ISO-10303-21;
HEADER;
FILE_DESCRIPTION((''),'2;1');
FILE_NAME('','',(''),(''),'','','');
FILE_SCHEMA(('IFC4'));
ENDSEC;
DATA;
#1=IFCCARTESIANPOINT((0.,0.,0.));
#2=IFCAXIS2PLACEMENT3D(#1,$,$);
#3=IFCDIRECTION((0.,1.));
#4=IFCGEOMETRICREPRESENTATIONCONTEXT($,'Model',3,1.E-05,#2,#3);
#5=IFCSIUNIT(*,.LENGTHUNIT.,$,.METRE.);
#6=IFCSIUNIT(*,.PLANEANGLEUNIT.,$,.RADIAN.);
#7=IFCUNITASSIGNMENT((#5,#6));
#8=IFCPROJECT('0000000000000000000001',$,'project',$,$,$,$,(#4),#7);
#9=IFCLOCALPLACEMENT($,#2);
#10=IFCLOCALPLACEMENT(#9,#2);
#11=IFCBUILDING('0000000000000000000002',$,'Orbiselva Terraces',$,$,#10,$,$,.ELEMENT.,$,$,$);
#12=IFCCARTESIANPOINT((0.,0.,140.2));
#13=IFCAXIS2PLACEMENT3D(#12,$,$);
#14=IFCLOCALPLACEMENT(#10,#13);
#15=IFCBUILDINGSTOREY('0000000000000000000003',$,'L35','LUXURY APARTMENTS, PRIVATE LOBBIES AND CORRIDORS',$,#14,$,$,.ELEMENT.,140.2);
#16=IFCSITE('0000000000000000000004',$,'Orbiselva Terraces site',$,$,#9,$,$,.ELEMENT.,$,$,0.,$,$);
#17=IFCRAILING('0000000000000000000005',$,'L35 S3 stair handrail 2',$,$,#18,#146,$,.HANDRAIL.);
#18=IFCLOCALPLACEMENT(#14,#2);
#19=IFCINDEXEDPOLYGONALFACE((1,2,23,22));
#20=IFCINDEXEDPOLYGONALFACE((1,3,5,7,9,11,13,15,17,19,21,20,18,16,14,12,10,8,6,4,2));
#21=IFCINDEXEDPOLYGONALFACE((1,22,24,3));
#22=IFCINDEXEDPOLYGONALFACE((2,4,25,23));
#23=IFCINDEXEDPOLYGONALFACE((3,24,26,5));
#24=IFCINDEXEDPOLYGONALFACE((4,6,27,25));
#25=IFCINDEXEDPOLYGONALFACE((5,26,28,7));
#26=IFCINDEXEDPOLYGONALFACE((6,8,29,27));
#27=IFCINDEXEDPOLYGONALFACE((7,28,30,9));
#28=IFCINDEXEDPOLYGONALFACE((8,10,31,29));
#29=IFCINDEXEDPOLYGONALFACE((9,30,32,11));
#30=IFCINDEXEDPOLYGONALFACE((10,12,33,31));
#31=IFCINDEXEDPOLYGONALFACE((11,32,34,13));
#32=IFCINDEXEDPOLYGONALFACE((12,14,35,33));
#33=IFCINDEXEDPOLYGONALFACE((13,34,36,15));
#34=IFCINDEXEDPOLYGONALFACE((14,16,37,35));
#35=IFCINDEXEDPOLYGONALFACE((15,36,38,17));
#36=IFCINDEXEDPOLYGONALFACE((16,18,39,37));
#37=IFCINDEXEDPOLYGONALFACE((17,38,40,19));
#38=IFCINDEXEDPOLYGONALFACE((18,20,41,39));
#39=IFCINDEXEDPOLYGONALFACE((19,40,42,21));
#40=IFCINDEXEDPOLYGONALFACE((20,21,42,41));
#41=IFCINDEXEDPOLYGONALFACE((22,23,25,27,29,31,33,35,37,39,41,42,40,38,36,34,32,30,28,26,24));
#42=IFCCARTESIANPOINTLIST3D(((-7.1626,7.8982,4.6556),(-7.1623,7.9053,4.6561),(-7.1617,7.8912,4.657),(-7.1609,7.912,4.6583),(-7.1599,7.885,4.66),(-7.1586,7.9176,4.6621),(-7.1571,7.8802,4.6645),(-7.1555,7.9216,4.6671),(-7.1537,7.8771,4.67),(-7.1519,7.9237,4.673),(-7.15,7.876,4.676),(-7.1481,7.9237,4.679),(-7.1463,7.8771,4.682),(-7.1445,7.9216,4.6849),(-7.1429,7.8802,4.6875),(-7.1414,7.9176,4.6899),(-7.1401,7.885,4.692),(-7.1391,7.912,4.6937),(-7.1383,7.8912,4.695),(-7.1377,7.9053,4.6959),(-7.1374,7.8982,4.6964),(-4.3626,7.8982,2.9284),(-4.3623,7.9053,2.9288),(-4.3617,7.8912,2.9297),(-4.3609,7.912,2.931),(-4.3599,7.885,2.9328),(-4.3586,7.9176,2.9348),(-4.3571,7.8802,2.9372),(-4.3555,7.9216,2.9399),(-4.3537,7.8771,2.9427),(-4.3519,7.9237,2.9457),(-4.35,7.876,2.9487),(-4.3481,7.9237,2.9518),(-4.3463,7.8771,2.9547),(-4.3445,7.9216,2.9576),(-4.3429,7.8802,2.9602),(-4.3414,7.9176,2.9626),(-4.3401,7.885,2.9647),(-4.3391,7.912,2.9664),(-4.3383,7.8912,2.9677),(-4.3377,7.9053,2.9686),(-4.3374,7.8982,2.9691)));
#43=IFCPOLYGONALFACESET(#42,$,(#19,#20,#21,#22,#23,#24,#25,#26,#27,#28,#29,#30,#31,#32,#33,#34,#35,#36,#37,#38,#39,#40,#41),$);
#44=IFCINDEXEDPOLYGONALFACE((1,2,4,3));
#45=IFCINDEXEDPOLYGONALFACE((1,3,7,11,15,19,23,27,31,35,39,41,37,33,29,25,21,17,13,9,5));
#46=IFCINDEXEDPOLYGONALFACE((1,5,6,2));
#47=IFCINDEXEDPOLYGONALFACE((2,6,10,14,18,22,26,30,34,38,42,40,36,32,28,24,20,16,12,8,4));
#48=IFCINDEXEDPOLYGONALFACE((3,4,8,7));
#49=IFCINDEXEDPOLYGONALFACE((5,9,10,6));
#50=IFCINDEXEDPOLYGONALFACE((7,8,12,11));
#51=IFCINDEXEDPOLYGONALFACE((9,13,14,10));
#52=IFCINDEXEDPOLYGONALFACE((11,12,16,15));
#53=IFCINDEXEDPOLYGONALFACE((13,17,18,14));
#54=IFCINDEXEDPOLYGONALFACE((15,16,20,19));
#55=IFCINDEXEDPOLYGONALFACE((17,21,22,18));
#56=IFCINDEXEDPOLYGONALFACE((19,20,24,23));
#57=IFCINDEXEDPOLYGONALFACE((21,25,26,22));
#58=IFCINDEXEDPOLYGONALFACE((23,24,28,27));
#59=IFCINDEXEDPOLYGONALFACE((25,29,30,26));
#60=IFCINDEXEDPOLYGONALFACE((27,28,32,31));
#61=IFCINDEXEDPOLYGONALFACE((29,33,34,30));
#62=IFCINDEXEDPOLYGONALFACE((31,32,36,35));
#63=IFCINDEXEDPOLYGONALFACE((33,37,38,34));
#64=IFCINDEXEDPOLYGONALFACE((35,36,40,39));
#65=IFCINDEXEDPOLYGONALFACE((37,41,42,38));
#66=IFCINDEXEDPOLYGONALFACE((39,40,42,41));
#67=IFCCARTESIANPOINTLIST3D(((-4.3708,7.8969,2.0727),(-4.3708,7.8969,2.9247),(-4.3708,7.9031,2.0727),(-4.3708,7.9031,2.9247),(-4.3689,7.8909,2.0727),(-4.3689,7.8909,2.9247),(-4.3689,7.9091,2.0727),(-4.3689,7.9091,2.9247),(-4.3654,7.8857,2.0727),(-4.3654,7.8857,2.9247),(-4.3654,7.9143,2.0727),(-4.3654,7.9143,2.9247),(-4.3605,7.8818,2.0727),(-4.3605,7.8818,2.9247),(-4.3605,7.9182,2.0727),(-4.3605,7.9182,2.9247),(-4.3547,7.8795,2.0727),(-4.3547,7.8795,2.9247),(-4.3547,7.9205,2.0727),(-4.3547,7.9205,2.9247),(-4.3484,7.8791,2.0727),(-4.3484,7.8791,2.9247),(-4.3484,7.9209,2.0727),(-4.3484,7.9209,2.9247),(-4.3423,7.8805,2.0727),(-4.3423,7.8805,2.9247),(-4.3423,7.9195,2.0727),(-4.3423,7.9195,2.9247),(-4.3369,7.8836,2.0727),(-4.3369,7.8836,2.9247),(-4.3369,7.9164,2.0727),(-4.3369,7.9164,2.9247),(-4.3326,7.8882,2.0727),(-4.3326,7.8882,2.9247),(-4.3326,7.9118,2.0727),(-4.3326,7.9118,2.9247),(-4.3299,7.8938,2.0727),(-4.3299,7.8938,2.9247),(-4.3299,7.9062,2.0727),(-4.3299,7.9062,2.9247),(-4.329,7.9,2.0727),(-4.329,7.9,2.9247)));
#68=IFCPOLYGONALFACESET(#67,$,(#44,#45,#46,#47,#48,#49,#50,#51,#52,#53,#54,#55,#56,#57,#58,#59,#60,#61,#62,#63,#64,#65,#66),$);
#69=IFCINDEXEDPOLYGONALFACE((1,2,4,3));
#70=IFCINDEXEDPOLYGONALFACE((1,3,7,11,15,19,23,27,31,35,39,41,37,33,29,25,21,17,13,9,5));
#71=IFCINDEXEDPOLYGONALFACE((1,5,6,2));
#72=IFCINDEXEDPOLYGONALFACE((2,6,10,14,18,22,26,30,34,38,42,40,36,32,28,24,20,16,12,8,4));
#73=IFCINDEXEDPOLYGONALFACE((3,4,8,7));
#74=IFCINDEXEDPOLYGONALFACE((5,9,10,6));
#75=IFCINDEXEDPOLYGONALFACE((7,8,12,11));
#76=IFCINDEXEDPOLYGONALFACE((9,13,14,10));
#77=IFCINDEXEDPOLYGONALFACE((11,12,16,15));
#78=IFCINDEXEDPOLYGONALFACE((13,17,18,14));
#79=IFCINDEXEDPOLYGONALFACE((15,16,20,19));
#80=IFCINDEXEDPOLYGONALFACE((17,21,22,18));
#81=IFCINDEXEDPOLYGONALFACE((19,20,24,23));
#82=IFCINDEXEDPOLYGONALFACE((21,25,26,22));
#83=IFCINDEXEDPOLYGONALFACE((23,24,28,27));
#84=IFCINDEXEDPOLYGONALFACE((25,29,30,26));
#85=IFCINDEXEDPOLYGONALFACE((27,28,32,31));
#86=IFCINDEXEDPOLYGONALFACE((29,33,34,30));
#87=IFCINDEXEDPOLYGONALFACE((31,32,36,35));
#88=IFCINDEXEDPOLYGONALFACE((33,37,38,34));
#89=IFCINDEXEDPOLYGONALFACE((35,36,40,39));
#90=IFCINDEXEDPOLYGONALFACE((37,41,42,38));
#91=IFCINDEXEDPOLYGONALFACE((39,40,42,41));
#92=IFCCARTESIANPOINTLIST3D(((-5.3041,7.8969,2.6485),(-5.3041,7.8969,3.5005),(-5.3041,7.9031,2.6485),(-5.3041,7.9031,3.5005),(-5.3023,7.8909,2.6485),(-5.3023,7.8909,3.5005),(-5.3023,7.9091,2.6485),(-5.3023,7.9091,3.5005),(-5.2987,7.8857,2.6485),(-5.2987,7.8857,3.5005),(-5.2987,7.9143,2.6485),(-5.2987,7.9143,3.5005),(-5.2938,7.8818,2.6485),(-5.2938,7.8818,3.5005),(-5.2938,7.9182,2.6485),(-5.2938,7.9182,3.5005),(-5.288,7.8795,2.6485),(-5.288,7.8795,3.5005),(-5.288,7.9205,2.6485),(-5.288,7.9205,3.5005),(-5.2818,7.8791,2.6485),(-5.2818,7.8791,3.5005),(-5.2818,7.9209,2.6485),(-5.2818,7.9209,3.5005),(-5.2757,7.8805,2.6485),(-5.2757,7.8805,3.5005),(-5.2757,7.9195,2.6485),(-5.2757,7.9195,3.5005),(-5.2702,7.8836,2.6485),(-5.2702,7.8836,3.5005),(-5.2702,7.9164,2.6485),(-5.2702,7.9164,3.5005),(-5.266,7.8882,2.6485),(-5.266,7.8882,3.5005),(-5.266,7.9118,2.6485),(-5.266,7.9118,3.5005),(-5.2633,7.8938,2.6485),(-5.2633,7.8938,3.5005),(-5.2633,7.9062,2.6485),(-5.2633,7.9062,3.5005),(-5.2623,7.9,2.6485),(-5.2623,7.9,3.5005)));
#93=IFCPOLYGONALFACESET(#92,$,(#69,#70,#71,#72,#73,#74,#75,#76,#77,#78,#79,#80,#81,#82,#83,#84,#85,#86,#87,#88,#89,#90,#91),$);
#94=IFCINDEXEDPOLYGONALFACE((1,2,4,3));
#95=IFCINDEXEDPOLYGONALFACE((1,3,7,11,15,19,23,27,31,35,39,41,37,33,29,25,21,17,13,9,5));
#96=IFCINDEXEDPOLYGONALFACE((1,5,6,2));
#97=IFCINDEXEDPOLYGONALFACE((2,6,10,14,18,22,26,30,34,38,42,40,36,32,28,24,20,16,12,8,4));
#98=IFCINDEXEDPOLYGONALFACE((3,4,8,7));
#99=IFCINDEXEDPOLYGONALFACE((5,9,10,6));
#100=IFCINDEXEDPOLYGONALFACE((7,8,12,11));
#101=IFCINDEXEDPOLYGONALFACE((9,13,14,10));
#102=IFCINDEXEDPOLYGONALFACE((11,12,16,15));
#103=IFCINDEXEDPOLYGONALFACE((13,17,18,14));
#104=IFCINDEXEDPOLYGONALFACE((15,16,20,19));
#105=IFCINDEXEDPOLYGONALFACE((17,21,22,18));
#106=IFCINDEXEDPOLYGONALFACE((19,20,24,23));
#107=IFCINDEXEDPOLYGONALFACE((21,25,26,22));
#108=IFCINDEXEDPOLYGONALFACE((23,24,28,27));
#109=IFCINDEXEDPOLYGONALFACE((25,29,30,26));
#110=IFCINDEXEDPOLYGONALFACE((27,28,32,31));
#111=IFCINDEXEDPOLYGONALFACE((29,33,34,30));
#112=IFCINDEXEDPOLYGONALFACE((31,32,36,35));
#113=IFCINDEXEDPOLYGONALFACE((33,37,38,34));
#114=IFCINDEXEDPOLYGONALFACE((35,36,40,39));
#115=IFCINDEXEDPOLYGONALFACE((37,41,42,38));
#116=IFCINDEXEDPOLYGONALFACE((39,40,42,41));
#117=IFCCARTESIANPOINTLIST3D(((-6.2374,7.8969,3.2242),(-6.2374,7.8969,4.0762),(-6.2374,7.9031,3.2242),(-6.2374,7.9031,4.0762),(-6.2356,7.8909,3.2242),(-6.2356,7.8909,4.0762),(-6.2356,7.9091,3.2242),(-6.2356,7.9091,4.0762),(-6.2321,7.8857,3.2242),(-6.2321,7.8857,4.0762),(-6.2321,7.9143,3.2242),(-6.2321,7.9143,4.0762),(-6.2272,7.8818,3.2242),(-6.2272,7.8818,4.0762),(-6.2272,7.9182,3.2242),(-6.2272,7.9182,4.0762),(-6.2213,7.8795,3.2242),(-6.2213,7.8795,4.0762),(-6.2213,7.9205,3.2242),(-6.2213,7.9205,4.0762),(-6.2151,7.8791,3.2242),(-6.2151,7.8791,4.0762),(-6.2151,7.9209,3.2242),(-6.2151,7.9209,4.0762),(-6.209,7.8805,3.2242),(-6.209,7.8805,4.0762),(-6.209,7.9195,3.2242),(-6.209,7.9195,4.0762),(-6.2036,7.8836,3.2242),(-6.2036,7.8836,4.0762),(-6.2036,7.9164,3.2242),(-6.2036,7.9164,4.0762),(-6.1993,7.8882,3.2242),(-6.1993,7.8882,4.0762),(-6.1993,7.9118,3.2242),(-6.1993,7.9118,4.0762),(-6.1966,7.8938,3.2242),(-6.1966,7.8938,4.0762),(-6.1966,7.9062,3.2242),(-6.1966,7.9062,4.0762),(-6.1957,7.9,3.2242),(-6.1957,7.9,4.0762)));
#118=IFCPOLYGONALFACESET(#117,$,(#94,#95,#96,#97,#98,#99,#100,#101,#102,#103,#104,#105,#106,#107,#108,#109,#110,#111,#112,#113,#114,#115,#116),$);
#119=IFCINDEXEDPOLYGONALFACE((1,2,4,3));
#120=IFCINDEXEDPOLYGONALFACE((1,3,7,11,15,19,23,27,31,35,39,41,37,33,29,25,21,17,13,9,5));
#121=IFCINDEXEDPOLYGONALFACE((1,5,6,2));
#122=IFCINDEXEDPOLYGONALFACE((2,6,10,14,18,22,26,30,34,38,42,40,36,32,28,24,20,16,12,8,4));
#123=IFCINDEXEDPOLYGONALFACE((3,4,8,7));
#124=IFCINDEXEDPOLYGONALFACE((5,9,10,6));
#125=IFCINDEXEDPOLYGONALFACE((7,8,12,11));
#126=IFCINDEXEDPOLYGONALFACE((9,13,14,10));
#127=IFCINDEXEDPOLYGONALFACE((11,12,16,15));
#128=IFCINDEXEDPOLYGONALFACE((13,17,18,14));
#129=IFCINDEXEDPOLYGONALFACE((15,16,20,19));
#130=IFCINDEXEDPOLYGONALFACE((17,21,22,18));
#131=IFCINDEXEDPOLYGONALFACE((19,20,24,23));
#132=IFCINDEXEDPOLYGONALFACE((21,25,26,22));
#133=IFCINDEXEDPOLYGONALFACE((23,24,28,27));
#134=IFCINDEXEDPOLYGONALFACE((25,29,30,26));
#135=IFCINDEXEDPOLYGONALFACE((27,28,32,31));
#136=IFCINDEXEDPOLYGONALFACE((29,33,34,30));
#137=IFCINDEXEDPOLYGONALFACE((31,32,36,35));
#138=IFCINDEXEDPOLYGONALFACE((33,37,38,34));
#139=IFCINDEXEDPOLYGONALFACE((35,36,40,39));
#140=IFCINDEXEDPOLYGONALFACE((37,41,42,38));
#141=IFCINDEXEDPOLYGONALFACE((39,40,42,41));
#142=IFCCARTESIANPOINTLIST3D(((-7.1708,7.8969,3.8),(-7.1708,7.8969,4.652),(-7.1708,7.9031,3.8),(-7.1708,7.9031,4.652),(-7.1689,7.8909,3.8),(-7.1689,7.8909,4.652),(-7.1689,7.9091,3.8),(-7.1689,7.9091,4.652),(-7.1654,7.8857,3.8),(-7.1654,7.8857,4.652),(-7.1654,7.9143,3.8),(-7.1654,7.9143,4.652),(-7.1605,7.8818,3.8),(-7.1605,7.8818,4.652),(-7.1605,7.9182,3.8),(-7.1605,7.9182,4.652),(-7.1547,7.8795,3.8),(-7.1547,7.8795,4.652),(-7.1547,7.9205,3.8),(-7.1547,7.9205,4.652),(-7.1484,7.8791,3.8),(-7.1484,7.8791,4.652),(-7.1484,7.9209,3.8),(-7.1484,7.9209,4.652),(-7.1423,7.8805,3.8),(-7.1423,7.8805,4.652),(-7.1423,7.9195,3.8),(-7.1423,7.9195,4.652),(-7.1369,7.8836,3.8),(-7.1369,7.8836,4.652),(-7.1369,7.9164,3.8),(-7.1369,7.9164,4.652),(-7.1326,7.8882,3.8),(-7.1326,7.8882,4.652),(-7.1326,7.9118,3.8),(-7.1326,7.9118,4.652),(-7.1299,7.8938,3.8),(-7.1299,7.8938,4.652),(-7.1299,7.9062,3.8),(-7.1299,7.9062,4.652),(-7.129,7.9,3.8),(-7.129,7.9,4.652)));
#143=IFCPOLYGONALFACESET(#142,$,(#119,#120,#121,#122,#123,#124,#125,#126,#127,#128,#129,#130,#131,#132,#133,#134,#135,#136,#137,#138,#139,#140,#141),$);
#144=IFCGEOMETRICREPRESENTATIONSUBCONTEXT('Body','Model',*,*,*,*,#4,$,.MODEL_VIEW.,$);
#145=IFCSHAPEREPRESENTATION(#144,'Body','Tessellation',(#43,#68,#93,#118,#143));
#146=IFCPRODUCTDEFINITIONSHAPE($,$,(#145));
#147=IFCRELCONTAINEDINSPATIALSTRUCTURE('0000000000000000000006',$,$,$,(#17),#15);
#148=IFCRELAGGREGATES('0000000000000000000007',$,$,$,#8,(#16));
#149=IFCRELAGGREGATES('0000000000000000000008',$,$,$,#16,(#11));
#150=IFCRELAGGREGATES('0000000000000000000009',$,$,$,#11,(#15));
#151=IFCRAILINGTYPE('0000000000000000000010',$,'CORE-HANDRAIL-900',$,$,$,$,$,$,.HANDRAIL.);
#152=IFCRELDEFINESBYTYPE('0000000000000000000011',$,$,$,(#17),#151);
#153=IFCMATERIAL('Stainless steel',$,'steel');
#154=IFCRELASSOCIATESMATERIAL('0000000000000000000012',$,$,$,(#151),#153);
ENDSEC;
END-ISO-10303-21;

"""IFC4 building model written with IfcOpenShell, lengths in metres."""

from ifc_helpers import new_model, si_unit, direction, frame, origin, origin_2d, place, context, subcontext, project, spatial, circle, extrude, material, type_object, element, save


model = new_model("IFC4")

# Units and contexts
model_context = context("Model", 3, precision=1e-05, world=origin(), true_north=direction((0.0, 1.0)))
body_context = subcontext(model_context, "Body", "Model", "MODEL_VIEW")
ifc_project = project(units=[si_unit("LENGTHUNIT", "METRE"), si_unit("PLANEANGLEUNIT", "RADIAN")], contexts=[model_context])

# Site, building, storey
site_placement = place(None, origin())
site = spatial("IfcSite", under=ifc_project, at=site_placement, Name="Orbiselva Terraces site", CompositionType="ELEMENT", RefElevation=0.0)
building_placement = place(site_placement, origin())
building = spatial("IfcBuilding", under=site, at=building_placement, Name="Orbiselva Terraces", CompositionType="ELEMENT")
storey_placement = place(building_placement, frame((0.0, 0.0, 140.2)))
storey = spatial("IfcBuildingStorey", under=building, at=storey_placement, Name="L35", Description="LUXURY APARTMENTS, PRIVATE LOBBIES AND CORRIDORS", CompositionType="ELEMENT", Elevation=140.2)

# Railing
ifc_material_1 = material(Name="Stainless steel", Category="steel")
railing_type_1 = type_object("IfcRailingType", Name="CORE-HANDRAIL-900", PredefinedType="HANDRAIL", material=ifc_material_1)
railing_1_placement = place(storey_placement, frame((-4.35, 7.9, 2.0727)))
element("IfcRailing", 1, at=railing_1_placement, inside=storey, type_object=railing_type_1, Name="L35 S3 stair handrail 2", PredefinedType="HANDRAIL", context=body_context, shape_type="SweptSolid", body=[
    extrude(circle(Radius=0.024, at=origin_2d()), frame((0.0, 0.0, 0.876), z_axis=(-0.851089, 0.0, 0.525022), x_axis=(0.0, -1.0, 0.0)), (0.0, 0.0, 1.0), 3.2899),
    extrude(circle(Radius=0.021, at=origin_2d()), origin(), (0.0, 0.0, 1.0), 0.852),
    extrude(circle(Radius=0.021, at=origin_2d()), frame((-0.9333, 0.0, 0.5758)), (0.0, 0.0, 1.0), 0.852),
    extrude(circle(Radius=0.021, at=origin_2d()), frame((-1.8667, 0.0, 1.1515)), (0.0, 0.0, 1.0), 0.852),
    extrude(circle(Radius=0.021, at=origin_2d()), frame((-2.8, 0.0, 1.7273)), (0.0, 0.0, 1.0), 0.852),
])

save(model, "model.ifc")
